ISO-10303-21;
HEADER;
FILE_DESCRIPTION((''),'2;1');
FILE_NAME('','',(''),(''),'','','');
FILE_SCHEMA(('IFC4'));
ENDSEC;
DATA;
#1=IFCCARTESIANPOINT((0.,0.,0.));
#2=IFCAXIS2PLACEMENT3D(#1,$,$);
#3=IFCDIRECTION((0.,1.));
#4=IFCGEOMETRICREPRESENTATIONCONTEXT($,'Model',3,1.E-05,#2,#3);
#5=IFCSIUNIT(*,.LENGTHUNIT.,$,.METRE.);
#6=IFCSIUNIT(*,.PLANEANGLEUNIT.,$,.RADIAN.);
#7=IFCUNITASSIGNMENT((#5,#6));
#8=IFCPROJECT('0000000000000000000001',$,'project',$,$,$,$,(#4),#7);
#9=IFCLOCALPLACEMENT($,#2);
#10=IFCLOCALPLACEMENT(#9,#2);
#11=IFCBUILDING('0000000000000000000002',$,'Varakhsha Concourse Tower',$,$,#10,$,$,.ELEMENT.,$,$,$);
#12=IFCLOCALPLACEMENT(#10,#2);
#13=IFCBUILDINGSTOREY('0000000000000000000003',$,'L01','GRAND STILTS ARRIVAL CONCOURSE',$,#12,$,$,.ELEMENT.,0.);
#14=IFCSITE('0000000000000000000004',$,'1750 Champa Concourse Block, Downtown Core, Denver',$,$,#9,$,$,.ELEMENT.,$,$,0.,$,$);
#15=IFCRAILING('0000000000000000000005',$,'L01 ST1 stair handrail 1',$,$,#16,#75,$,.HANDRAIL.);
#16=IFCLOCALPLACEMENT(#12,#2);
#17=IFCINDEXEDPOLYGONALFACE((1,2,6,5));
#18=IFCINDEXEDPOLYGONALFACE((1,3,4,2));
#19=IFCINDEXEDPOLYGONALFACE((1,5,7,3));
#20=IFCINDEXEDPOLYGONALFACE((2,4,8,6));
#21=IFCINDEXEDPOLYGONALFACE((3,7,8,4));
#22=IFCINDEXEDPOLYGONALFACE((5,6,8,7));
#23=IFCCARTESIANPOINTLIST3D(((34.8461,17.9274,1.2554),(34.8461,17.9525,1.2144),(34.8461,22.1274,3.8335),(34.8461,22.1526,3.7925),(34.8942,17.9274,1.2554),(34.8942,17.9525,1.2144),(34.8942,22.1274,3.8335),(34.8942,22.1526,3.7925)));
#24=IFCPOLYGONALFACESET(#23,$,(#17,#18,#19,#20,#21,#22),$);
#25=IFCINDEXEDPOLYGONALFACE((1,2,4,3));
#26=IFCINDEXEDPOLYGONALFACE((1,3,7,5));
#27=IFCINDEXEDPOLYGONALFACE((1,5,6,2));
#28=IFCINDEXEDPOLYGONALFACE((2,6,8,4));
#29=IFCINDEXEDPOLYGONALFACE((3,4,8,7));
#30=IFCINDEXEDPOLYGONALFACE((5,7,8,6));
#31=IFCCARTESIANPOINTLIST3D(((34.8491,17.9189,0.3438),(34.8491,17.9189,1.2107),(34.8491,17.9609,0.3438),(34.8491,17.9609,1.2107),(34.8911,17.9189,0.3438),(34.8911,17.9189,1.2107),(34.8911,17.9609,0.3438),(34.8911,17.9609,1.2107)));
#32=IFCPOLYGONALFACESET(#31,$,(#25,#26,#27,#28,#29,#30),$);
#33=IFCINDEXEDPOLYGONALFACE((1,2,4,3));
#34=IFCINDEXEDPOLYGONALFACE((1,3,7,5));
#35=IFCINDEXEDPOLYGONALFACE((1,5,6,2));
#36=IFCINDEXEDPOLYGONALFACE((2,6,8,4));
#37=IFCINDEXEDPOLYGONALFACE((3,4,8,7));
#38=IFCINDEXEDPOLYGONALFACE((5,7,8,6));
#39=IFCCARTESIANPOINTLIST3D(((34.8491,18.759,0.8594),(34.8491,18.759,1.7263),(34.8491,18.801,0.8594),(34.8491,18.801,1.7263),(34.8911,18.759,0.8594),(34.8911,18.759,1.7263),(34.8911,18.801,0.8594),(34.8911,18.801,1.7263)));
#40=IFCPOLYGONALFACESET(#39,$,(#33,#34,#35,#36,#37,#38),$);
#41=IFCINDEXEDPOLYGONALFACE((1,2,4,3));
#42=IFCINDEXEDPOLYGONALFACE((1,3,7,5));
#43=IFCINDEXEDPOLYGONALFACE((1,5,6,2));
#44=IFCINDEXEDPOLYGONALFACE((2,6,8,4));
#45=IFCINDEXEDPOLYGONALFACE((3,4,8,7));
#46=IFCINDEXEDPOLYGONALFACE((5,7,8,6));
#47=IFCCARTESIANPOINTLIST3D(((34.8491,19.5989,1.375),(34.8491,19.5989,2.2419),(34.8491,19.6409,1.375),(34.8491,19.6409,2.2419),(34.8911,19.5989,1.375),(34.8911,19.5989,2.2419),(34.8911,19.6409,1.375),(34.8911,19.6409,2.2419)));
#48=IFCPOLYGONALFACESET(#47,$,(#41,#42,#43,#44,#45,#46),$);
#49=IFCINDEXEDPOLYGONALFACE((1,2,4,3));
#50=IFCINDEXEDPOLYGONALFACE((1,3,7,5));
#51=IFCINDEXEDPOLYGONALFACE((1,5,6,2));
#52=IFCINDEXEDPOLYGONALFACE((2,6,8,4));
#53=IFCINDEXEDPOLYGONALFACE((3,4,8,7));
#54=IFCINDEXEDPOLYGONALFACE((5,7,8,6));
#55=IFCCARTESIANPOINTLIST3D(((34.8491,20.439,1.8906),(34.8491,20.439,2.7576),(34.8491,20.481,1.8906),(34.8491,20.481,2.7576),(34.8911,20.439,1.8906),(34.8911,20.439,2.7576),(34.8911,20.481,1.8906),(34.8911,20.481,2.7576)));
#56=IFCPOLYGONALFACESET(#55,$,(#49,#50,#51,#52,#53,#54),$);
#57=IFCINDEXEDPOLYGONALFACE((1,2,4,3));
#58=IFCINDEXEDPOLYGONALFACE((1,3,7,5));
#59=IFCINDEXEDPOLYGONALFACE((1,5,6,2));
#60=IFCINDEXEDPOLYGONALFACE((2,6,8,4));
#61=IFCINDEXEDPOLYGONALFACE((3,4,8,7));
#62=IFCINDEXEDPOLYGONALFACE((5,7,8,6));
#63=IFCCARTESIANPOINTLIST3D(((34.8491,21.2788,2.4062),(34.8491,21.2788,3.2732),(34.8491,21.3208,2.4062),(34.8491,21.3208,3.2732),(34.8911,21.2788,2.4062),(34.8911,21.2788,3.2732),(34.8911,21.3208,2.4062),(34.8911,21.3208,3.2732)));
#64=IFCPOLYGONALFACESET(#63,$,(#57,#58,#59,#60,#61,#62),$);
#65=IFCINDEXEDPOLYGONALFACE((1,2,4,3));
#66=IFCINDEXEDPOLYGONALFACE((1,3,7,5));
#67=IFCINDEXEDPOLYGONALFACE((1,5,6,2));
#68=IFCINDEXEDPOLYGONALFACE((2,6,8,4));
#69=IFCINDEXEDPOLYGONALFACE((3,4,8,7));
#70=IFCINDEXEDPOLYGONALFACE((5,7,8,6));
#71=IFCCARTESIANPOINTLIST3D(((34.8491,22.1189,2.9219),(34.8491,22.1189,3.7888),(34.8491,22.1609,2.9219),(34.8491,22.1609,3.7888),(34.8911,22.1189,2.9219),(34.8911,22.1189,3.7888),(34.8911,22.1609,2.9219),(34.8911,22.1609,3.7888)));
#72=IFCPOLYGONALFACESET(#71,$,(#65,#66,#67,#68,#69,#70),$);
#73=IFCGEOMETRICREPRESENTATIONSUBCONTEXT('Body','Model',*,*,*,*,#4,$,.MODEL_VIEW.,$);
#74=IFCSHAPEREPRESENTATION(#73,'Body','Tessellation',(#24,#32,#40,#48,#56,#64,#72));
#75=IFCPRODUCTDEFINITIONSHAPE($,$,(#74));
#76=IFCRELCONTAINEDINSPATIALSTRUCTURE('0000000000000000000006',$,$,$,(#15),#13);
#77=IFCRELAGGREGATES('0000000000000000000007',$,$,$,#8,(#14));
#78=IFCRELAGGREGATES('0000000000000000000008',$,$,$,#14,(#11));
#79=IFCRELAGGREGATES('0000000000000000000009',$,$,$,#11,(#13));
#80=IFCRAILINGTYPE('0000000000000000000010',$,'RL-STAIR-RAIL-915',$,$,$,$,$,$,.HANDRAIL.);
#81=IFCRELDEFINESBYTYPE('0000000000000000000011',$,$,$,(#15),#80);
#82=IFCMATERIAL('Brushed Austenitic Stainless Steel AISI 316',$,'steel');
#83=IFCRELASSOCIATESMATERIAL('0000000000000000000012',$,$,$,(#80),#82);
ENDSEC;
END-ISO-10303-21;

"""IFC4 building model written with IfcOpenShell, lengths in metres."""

from ifc_helpers import new_model, si_unit, direction, frame, origin, origin_2d, place, context, subcontext, project, spatial, rectangle, extrude, material, type_object, element, save


model = new_model("IFC4")

# Units and contexts
model_context = context("Model", 3, precision=1e-05, world=origin(), true_north=direction((0.0, 1.0)))
body_context = subcontext(model_context, "Body", "Model", "MODEL_VIEW")
ifc_project = project(units=[si_unit("LENGTHUNIT", "METRE"), si_unit("PLANEANGLEUNIT", "RADIAN")], contexts=[model_context])

# Site, building, storey
site_placement = place(None, origin())
site = spatial("IfcSite", under=ifc_project, at=site_placement, Name="1750 Champa Concourse Block, Downtown Core, Denver", CompositionType="ELEMENT", RefElevation=0.0)
building_placement = place(site_placement, origin())
building = spatial("IfcBuilding", under=site, at=building_placement, Name="Varakhsha Concourse Tower", CompositionType="ELEMENT")
storey_placement = place(building_placement, origin())
storey = spatial("IfcBuildingStorey", under=building, at=storey_placement, Name="L01", Description="GRAND STILTS ARRIVAL CONCOURSE", CompositionType="ELEMENT", Elevation=0.0)

# Railing
ifc_material_1 = material(Name="Brushed Austenitic Stainless Steel AISI 316", Category="steel")
railing_type_1 = type_object("IfcRailingType", Name="RL-STAIR-RAIL-915", PredefinedType="HANDRAIL", material=ifc_material_1)
railing_1_placement = place(storey_placement, frame((34.8701, 17.9399, 0.3438)))
element("IfcRailing", 1, at=railing_1_placement, inside=storey, type_object=railing_type_1, Name="L01 ST1 stair handrail 1", PredefinedType="HANDRAIL", context=body_context, shape_type="SweptSolid", body=[
    extrude(rectangle(XDim=0.0481, YDim=0.0481, at=origin_2d()), frame((0.0, 0.0, 0.8911), z_axis=(0.0, 0.852243, 0.523146), x_axis=(-1.0, 0.0, 0.0)), (0.0, 0.0, 1.0), 4.9282),
    extrude(rectangle(XDim=0.042, YDim=0.042, at=origin_2d()), origin(), (0.0, 0.0, 1.0), 0.8669),
    extrude(rectangle(XDim=0.042, YDim=0.042, at=origin_2d()), frame((0.0, 0.8401, 0.5156)), (0.0, 0.0, 1.0), 0.8669),
    extrude(rectangle(XDim=0.042, YDim=0.042, at=origin_2d()), frame((0.0, 1.6799, 1.0312)), (0.0, 0.0, 1.0), 0.8669),
    extrude(rectangle(XDim=0.042, YDim=0.042, at=origin_2d()), frame((0.0, 2.52, 1.5469)), (0.0, 0.0, 1.0), 0.8669),
    extrude(rectangle(XDim=0.042, YDim=0.042, at=origin_2d()), frame((0.0, 3.3599, 2.0625)), (0.0, 0.0, 1.0), 0.8669),
    extrude(rectangle(XDim=0.042, YDim=0.042, at=origin_2d()), frame((0.0, 4.2, 2.5781)), (0.0, 0.0, 1.0), 0.8669),
])

save(model, "model.ifc")
